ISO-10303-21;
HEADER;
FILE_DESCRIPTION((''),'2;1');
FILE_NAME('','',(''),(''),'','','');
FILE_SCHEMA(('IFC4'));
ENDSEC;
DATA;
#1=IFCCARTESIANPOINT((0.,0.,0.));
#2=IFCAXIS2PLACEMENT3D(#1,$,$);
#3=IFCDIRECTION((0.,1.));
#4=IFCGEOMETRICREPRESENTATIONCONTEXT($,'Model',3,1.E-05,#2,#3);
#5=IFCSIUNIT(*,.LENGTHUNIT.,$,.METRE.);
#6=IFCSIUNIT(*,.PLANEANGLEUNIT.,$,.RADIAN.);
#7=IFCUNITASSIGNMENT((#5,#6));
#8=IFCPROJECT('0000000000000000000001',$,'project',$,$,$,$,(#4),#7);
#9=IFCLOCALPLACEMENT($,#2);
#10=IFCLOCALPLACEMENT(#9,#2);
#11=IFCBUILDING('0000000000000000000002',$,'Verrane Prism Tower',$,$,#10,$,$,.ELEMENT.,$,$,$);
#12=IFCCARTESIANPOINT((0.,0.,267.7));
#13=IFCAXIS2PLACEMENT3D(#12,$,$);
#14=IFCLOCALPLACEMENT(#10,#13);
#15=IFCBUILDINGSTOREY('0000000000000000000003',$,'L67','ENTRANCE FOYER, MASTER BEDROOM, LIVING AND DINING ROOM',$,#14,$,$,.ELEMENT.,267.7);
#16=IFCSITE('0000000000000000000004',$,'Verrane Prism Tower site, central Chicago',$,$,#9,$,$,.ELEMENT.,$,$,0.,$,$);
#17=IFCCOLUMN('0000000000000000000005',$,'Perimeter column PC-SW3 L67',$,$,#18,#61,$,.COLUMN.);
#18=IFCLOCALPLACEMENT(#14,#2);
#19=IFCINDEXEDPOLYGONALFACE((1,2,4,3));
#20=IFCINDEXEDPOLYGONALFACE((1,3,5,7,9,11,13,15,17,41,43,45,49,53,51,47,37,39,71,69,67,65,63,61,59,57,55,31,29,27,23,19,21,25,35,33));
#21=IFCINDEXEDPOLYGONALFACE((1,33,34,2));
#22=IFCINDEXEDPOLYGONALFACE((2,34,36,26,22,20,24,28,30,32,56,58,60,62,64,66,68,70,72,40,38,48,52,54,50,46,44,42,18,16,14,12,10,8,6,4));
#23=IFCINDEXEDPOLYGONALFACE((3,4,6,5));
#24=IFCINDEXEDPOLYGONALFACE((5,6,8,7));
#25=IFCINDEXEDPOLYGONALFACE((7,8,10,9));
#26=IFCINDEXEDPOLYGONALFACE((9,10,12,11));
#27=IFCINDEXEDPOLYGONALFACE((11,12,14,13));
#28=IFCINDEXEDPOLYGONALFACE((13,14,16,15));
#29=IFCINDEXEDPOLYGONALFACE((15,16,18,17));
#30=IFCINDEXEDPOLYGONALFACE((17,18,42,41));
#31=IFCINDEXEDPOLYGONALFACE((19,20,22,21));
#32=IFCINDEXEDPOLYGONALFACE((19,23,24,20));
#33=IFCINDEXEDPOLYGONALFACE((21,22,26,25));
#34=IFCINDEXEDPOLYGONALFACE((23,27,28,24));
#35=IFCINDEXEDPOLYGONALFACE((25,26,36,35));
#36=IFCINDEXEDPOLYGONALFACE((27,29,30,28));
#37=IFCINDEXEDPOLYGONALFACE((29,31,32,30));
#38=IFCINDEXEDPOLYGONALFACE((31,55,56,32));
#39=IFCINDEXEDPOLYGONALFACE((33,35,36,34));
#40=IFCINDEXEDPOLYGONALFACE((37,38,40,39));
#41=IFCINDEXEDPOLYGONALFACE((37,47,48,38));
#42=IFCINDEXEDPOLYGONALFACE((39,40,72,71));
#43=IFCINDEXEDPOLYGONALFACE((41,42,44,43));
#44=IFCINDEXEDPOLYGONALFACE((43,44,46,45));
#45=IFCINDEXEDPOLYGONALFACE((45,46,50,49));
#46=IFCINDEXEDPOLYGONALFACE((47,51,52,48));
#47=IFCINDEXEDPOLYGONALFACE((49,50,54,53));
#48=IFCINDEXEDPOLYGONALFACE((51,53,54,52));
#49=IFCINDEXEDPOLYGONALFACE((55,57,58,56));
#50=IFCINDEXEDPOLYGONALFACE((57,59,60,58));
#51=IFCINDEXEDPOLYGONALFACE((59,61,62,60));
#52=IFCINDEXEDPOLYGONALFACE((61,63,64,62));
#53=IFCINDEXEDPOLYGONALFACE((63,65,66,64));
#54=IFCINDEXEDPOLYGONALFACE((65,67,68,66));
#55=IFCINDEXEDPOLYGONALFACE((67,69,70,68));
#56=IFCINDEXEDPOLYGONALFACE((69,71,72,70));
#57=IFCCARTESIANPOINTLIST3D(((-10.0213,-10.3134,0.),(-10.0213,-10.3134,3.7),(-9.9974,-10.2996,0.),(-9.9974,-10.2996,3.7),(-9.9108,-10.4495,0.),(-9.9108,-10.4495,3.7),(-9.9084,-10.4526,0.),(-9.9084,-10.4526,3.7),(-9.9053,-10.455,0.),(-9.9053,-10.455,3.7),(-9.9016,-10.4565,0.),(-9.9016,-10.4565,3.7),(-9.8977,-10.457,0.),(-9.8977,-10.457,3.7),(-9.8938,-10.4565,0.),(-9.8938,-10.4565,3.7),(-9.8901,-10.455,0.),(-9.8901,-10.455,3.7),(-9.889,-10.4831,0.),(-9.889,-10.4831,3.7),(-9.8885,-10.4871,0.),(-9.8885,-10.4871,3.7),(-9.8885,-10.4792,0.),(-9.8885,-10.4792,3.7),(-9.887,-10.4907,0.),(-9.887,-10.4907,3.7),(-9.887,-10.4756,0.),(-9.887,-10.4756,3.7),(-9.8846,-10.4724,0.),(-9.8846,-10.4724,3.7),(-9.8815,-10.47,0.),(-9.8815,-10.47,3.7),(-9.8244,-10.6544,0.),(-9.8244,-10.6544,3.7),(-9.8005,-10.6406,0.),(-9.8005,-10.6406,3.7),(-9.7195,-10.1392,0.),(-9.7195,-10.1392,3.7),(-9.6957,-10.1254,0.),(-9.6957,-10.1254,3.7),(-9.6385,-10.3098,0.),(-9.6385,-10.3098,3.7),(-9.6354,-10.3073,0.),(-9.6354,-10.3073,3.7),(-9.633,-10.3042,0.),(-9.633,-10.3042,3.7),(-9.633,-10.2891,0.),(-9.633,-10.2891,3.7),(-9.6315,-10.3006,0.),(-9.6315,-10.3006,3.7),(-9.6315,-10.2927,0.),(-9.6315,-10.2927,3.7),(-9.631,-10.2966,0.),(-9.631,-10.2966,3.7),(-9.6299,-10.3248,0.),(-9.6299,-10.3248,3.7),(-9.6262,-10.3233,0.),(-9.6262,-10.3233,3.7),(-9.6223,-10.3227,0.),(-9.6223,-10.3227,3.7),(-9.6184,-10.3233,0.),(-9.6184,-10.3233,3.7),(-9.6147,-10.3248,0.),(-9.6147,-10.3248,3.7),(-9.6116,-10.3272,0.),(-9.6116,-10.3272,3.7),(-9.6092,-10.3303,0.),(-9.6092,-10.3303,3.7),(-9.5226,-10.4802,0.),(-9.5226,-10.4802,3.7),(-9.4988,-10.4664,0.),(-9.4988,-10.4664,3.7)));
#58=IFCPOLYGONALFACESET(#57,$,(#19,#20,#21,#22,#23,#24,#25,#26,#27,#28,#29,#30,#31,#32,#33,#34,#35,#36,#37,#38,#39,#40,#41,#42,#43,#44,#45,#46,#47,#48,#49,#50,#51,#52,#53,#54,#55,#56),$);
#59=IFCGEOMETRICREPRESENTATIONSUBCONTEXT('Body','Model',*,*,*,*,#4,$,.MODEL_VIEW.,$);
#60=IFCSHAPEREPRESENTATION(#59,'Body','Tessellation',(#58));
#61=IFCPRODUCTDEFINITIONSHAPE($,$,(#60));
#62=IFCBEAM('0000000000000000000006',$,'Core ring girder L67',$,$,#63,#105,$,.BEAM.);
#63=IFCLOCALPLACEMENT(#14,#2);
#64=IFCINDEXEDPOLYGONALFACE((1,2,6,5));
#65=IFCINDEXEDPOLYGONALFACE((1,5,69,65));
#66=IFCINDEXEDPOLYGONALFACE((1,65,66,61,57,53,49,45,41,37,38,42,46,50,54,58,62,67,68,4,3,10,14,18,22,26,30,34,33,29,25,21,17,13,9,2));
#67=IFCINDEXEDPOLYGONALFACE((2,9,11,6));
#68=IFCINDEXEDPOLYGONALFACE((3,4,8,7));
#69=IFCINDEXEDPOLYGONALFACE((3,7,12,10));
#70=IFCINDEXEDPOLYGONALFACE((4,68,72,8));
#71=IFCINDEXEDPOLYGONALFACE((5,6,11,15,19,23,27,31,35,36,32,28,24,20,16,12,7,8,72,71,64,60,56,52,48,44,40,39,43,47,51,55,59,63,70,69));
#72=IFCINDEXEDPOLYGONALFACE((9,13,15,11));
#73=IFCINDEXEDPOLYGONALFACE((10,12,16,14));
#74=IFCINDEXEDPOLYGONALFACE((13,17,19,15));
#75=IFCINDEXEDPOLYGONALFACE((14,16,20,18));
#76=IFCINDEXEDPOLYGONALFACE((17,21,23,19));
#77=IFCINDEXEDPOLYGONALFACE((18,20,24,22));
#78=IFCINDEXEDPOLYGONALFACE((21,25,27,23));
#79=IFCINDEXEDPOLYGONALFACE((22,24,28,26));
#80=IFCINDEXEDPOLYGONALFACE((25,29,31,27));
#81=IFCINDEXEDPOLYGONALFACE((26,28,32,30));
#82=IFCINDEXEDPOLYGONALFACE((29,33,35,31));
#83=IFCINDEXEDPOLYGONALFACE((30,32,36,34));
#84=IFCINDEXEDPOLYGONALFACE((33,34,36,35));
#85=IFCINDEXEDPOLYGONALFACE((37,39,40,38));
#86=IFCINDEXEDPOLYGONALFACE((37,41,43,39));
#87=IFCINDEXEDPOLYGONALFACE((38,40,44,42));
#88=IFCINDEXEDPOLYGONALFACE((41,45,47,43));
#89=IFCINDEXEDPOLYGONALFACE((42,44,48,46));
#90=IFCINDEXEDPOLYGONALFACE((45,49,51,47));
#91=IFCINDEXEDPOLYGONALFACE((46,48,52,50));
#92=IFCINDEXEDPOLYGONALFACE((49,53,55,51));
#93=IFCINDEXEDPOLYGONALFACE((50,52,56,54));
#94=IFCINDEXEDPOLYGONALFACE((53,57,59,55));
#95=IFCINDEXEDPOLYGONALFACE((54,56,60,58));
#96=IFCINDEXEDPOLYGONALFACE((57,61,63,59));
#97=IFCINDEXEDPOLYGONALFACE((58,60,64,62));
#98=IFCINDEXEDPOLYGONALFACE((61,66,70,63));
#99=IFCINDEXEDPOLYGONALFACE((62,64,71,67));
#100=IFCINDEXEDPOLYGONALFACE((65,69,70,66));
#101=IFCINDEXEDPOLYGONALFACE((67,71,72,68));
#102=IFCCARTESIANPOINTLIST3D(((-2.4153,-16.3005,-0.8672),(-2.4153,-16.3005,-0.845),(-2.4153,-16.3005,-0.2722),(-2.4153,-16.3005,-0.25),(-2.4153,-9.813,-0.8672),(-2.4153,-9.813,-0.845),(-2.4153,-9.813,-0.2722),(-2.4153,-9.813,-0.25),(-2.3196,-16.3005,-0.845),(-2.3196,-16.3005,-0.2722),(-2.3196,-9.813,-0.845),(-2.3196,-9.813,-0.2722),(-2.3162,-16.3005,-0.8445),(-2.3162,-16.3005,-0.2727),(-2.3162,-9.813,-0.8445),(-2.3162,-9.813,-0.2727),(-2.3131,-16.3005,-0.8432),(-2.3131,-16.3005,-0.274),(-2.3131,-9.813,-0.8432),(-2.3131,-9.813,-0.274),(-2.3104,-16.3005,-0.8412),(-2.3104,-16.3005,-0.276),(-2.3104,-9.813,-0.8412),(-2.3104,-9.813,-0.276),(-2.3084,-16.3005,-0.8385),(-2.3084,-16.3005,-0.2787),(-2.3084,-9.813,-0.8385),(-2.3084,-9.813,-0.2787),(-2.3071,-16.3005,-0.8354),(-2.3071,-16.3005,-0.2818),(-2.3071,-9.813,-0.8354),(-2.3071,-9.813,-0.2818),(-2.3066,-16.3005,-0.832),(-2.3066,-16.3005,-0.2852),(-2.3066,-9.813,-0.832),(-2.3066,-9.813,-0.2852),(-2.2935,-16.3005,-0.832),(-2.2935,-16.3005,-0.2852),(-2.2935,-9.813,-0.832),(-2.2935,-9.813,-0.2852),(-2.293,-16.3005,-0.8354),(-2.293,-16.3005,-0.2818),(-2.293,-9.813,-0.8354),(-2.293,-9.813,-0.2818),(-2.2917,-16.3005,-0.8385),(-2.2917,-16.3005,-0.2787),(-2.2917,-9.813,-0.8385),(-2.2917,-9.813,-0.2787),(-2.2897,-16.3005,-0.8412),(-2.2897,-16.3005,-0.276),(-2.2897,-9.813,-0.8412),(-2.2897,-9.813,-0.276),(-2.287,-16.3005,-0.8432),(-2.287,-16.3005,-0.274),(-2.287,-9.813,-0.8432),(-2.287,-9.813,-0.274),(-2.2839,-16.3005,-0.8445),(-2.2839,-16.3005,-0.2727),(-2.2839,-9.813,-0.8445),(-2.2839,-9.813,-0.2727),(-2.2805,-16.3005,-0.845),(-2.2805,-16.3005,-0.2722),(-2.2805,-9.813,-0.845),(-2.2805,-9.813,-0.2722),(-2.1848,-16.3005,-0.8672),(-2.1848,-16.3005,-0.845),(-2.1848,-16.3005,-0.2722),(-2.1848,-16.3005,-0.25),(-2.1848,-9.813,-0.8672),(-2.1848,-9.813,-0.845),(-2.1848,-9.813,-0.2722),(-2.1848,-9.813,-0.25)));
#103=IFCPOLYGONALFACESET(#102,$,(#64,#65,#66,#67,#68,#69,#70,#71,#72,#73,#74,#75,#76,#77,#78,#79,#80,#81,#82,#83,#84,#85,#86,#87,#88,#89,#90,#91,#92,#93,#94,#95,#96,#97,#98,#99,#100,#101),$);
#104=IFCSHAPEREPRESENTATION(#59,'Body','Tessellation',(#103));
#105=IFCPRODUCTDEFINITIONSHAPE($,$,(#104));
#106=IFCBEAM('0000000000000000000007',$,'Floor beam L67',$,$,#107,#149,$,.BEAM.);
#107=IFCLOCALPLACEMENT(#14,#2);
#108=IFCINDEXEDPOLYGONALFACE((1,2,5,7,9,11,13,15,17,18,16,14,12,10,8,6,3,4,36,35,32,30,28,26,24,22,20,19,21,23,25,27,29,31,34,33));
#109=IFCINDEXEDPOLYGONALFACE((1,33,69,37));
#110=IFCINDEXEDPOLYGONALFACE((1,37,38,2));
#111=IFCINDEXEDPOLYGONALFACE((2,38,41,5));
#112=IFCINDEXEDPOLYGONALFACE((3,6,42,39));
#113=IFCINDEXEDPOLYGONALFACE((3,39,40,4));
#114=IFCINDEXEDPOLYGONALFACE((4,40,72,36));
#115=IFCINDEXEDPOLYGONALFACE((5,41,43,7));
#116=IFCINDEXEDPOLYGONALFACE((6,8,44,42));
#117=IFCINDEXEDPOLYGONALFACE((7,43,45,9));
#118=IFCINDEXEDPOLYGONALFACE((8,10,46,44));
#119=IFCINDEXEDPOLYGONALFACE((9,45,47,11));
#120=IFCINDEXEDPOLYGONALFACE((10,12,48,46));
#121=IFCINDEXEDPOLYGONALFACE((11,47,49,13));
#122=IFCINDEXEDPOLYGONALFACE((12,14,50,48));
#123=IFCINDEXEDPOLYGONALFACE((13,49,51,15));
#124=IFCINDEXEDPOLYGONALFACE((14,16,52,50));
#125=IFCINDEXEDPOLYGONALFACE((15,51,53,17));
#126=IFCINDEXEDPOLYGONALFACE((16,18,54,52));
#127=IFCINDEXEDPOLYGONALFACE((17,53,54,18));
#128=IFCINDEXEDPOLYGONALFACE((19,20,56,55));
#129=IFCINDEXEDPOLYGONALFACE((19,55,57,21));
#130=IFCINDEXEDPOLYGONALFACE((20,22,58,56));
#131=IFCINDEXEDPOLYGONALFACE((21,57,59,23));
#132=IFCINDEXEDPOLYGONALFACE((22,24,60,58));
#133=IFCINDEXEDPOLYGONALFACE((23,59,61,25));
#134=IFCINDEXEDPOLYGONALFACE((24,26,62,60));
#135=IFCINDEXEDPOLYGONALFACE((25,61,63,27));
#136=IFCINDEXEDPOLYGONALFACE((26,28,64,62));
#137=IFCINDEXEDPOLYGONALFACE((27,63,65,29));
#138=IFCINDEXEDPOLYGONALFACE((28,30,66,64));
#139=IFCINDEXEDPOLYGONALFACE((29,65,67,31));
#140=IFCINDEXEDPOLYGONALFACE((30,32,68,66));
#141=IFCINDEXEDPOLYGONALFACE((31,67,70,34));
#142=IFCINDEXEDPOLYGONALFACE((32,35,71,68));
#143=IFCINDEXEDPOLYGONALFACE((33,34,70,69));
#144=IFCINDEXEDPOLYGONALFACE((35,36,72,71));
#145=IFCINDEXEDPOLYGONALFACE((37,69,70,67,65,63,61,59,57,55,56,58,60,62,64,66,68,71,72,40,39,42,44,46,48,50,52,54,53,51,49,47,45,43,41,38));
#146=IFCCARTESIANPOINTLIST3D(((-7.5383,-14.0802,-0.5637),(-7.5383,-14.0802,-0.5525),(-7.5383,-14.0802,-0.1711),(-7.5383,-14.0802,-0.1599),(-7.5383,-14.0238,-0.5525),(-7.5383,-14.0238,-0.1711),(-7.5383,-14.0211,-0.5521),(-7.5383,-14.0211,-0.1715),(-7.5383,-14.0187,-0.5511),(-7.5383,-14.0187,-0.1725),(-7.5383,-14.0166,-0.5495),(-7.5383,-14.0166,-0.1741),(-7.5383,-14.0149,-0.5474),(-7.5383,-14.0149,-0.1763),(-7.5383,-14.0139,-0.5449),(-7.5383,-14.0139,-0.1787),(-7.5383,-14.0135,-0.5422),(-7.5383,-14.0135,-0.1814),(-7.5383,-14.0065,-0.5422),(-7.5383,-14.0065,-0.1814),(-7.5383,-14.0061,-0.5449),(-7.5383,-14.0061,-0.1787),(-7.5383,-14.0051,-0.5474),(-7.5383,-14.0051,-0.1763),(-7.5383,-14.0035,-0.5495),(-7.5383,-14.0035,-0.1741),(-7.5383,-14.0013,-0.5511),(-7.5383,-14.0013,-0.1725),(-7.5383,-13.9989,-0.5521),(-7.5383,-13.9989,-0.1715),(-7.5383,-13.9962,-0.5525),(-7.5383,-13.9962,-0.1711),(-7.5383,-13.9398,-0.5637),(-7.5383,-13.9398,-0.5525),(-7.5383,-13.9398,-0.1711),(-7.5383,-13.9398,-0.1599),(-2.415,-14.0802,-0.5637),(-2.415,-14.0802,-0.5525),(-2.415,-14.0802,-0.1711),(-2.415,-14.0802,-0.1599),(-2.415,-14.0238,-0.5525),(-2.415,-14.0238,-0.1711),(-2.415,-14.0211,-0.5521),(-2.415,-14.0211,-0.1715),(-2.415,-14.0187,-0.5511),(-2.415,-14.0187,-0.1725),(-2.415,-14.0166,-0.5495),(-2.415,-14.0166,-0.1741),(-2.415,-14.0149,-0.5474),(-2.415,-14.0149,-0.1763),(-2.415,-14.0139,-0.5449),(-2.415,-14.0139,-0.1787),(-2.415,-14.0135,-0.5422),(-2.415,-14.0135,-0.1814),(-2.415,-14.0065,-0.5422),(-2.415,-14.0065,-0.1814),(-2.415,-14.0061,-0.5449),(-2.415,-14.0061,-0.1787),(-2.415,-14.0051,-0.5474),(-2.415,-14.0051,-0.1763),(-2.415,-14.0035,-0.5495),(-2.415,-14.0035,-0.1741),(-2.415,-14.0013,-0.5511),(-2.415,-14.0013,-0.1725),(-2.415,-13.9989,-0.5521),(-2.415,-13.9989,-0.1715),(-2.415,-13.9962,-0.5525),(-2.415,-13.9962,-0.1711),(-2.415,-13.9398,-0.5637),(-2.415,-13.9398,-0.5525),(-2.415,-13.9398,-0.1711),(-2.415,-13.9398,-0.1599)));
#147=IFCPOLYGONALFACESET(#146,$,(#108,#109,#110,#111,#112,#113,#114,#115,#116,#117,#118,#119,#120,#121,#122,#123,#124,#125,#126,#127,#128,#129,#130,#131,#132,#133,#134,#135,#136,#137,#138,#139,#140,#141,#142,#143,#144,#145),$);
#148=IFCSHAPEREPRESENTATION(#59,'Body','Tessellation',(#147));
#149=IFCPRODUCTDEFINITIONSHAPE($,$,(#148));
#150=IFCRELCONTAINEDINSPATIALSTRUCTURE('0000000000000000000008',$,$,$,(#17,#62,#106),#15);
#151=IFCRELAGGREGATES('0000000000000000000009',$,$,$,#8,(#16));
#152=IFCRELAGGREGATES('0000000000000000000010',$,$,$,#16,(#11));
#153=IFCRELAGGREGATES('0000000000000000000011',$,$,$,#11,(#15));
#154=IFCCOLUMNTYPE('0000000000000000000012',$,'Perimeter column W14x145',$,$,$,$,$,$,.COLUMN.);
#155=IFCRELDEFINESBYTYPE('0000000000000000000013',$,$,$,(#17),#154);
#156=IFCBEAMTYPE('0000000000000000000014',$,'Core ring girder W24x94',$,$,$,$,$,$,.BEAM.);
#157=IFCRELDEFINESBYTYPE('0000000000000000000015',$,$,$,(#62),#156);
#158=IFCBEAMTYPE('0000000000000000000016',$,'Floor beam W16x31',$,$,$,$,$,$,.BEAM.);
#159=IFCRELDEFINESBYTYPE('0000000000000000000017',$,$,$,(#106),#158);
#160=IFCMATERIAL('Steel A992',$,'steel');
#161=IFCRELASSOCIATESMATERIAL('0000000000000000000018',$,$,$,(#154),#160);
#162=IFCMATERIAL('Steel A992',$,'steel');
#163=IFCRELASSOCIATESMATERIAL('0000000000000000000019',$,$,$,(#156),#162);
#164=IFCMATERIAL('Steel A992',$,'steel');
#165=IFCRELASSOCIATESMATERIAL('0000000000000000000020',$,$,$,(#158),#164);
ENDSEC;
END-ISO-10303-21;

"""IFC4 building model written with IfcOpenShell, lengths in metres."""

from ifc_helpers import new_model, si_unit, direction, frame, origin, origin_2d, place, context, subcontext, project, spatial, i_section, extrude, material, material_profile, profile_set, type_object, element, save


model = new_model("IFC4")

# Units and contexts
model_context = context("Model", 3, precision=1e-05, world=origin(), true_north=direction((0.0, 1.0)))
body_context = subcontext(model_context, "Body", "Model", "MODEL_VIEW")
ifc_project = project(units=[si_unit("LENGTHUNIT", "METRE"), si_unit("PLANEANGLEUNIT", "RADIAN")], contexts=[model_context])

# Site, building, storey
site_placement = place(None, origin())
site = spatial("IfcSite", under=ifc_project, at=site_placement, Name="Verrane Prism Tower site, central Chicago", CompositionType="ELEMENT", RefElevation=0.0)
building_placement = place(site_placement, origin())
building = spatial("IfcBuilding", under=site, at=building_placement, Name="Verrane Prism Tower", CompositionType="ELEMENT")
storey_placement = place(building_placement, frame((0.0, 0.0, 267.7)))
storey = spatial("IfcBuildingStorey", under=building, at=storey_placement, Name="L67", Description="ENTRANCE FOYER, MASTER BEDROOM, LIVING AND DINING ROOM", CompositionType="ELEMENT", Elevation=267.7)

# Column
ifc_material_1 = material(Name="Steel A992", Category="steel")
ifc_material_profile_1 = material_profile(ifc_material_1, i_section(OverallWidth=0.3938, OverallDepth=0.376, WebThickness=0.0173, FlangeThickness=0.0276, FilletRadius=0.0151, at=origin_2d()), Name="W14x145")
ifc_profile_set_1 = profile_set([ifc_material_profile_1], Name="Steel A992")
column_type = type_object("IfcColumnType", Name="Perimeter column W14x145", PredefinedType="COLUMN", material=ifc_profile_set_1)
column_placement = place(storey_placement, frame((-9.76, -10.3899, 0.0), z_axis=(0.0, 0.0, 1.0), x_axis=(-0.5, 0.866025, 0.0)))
element("IfcColumn", 1, at=column_placement, inside=storey, type_object=column_type, Name="Perimeter column PC-SW3 L67", PredefinedType="COLUMN", context=body_context, shape_type="SweptSolid", body=[
    extrude(i_section(OverallWidth=0.3938, OverallDepth=0.376, WebThickness=0.0173, FlangeThickness=0.0276, FilletRadius=0.0151, at=origin_2d()), origin(), (0.0, 0.0, 1.0), 3.7),
])

# Beams
ifc_material_2 = material(Name="Steel A992", Category="steel")
ifc_material_profile_2 = material_profile(ifc_material_2, i_section(OverallWidth=0.2305, OverallDepth=0.6172, WebThickness=0.0132, FlangeThickness=0.0222, FilletRadius=0.0129, at=origin_2d()), Name="W24x94")
ifc_profile_set_2 = profile_set([ifc_material_profile_2], Name="Steel A992")
beam_type_1 = type_object("IfcBeamType", Name="Core ring girder W24x94", PredefinedType="BEAM", material=ifc_profile_set_2)
beam_1_placement = place(storey_placement, frame((-2.3, -9.813, -0.5586), z_axis=(0.0, -1.0, 0.0), x_axis=(1.0, 0.0, 0.0)))
element("IfcBeam", 2, at=beam_1_placement, inside=storey, type_object=beam_type_1, Name="Core ring girder L67", PredefinedType="BEAM", context=body_context, shape_type="SweptSolid", body=[
    extrude(i_section(OverallWidth=0.2305, OverallDepth=0.6172, WebThickness=0.0132, FlangeThickness=0.0222, FilletRadius=0.0129, at=origin_2d()), origin(), (0.0, 0.0, 1.0), 6.4875),
])
ifc_material_3 = material(Name="Steel A992", Category="steel")
ifc_material_profile_3 = material_profile(ifc_material_3, i_section(OverallWidth=0.1404, OverallDepth=0.4038, WebThickness=0.0071, FlangeThickness=0.0112, FilletRadius=0.0103, at=origin_2d()), Name="W16x31")
ifc_profile_set_3 = profile_set([ifc_material_profile_3], Name="Steel A992")
beam_type_2 = type_object("IfcBeamType", Name="Floor beam W16x31", PredefinedType="BEAM", material=ifc_profile_set_3)
beam_2_placement = place(storey_placement, frame((-7.5383, -14.01, -0.3618), z_axis=(1.0, 0.0, 0.0), x_axis=(0.0, 1.0, 0.0)))
element("IfcBeam", 3, at=beam_2_placement, inside=storey, type_object=beam_type_2, Name="Floor beam L67", PredefinedType="BEAM", context=body_context, shape_type="SweptSolid", body=[
    extrude(i_section(OverallWidth=0.1404, OverallDepth=0.4038, WebThickness=0.0071, FlangeThickness=0.0112, FilletRadius=0.0103, at=origin_2d()), origin(), (0.0, 0.0, 1.0), 5.1233),
])

save(model, "model.ifc")
